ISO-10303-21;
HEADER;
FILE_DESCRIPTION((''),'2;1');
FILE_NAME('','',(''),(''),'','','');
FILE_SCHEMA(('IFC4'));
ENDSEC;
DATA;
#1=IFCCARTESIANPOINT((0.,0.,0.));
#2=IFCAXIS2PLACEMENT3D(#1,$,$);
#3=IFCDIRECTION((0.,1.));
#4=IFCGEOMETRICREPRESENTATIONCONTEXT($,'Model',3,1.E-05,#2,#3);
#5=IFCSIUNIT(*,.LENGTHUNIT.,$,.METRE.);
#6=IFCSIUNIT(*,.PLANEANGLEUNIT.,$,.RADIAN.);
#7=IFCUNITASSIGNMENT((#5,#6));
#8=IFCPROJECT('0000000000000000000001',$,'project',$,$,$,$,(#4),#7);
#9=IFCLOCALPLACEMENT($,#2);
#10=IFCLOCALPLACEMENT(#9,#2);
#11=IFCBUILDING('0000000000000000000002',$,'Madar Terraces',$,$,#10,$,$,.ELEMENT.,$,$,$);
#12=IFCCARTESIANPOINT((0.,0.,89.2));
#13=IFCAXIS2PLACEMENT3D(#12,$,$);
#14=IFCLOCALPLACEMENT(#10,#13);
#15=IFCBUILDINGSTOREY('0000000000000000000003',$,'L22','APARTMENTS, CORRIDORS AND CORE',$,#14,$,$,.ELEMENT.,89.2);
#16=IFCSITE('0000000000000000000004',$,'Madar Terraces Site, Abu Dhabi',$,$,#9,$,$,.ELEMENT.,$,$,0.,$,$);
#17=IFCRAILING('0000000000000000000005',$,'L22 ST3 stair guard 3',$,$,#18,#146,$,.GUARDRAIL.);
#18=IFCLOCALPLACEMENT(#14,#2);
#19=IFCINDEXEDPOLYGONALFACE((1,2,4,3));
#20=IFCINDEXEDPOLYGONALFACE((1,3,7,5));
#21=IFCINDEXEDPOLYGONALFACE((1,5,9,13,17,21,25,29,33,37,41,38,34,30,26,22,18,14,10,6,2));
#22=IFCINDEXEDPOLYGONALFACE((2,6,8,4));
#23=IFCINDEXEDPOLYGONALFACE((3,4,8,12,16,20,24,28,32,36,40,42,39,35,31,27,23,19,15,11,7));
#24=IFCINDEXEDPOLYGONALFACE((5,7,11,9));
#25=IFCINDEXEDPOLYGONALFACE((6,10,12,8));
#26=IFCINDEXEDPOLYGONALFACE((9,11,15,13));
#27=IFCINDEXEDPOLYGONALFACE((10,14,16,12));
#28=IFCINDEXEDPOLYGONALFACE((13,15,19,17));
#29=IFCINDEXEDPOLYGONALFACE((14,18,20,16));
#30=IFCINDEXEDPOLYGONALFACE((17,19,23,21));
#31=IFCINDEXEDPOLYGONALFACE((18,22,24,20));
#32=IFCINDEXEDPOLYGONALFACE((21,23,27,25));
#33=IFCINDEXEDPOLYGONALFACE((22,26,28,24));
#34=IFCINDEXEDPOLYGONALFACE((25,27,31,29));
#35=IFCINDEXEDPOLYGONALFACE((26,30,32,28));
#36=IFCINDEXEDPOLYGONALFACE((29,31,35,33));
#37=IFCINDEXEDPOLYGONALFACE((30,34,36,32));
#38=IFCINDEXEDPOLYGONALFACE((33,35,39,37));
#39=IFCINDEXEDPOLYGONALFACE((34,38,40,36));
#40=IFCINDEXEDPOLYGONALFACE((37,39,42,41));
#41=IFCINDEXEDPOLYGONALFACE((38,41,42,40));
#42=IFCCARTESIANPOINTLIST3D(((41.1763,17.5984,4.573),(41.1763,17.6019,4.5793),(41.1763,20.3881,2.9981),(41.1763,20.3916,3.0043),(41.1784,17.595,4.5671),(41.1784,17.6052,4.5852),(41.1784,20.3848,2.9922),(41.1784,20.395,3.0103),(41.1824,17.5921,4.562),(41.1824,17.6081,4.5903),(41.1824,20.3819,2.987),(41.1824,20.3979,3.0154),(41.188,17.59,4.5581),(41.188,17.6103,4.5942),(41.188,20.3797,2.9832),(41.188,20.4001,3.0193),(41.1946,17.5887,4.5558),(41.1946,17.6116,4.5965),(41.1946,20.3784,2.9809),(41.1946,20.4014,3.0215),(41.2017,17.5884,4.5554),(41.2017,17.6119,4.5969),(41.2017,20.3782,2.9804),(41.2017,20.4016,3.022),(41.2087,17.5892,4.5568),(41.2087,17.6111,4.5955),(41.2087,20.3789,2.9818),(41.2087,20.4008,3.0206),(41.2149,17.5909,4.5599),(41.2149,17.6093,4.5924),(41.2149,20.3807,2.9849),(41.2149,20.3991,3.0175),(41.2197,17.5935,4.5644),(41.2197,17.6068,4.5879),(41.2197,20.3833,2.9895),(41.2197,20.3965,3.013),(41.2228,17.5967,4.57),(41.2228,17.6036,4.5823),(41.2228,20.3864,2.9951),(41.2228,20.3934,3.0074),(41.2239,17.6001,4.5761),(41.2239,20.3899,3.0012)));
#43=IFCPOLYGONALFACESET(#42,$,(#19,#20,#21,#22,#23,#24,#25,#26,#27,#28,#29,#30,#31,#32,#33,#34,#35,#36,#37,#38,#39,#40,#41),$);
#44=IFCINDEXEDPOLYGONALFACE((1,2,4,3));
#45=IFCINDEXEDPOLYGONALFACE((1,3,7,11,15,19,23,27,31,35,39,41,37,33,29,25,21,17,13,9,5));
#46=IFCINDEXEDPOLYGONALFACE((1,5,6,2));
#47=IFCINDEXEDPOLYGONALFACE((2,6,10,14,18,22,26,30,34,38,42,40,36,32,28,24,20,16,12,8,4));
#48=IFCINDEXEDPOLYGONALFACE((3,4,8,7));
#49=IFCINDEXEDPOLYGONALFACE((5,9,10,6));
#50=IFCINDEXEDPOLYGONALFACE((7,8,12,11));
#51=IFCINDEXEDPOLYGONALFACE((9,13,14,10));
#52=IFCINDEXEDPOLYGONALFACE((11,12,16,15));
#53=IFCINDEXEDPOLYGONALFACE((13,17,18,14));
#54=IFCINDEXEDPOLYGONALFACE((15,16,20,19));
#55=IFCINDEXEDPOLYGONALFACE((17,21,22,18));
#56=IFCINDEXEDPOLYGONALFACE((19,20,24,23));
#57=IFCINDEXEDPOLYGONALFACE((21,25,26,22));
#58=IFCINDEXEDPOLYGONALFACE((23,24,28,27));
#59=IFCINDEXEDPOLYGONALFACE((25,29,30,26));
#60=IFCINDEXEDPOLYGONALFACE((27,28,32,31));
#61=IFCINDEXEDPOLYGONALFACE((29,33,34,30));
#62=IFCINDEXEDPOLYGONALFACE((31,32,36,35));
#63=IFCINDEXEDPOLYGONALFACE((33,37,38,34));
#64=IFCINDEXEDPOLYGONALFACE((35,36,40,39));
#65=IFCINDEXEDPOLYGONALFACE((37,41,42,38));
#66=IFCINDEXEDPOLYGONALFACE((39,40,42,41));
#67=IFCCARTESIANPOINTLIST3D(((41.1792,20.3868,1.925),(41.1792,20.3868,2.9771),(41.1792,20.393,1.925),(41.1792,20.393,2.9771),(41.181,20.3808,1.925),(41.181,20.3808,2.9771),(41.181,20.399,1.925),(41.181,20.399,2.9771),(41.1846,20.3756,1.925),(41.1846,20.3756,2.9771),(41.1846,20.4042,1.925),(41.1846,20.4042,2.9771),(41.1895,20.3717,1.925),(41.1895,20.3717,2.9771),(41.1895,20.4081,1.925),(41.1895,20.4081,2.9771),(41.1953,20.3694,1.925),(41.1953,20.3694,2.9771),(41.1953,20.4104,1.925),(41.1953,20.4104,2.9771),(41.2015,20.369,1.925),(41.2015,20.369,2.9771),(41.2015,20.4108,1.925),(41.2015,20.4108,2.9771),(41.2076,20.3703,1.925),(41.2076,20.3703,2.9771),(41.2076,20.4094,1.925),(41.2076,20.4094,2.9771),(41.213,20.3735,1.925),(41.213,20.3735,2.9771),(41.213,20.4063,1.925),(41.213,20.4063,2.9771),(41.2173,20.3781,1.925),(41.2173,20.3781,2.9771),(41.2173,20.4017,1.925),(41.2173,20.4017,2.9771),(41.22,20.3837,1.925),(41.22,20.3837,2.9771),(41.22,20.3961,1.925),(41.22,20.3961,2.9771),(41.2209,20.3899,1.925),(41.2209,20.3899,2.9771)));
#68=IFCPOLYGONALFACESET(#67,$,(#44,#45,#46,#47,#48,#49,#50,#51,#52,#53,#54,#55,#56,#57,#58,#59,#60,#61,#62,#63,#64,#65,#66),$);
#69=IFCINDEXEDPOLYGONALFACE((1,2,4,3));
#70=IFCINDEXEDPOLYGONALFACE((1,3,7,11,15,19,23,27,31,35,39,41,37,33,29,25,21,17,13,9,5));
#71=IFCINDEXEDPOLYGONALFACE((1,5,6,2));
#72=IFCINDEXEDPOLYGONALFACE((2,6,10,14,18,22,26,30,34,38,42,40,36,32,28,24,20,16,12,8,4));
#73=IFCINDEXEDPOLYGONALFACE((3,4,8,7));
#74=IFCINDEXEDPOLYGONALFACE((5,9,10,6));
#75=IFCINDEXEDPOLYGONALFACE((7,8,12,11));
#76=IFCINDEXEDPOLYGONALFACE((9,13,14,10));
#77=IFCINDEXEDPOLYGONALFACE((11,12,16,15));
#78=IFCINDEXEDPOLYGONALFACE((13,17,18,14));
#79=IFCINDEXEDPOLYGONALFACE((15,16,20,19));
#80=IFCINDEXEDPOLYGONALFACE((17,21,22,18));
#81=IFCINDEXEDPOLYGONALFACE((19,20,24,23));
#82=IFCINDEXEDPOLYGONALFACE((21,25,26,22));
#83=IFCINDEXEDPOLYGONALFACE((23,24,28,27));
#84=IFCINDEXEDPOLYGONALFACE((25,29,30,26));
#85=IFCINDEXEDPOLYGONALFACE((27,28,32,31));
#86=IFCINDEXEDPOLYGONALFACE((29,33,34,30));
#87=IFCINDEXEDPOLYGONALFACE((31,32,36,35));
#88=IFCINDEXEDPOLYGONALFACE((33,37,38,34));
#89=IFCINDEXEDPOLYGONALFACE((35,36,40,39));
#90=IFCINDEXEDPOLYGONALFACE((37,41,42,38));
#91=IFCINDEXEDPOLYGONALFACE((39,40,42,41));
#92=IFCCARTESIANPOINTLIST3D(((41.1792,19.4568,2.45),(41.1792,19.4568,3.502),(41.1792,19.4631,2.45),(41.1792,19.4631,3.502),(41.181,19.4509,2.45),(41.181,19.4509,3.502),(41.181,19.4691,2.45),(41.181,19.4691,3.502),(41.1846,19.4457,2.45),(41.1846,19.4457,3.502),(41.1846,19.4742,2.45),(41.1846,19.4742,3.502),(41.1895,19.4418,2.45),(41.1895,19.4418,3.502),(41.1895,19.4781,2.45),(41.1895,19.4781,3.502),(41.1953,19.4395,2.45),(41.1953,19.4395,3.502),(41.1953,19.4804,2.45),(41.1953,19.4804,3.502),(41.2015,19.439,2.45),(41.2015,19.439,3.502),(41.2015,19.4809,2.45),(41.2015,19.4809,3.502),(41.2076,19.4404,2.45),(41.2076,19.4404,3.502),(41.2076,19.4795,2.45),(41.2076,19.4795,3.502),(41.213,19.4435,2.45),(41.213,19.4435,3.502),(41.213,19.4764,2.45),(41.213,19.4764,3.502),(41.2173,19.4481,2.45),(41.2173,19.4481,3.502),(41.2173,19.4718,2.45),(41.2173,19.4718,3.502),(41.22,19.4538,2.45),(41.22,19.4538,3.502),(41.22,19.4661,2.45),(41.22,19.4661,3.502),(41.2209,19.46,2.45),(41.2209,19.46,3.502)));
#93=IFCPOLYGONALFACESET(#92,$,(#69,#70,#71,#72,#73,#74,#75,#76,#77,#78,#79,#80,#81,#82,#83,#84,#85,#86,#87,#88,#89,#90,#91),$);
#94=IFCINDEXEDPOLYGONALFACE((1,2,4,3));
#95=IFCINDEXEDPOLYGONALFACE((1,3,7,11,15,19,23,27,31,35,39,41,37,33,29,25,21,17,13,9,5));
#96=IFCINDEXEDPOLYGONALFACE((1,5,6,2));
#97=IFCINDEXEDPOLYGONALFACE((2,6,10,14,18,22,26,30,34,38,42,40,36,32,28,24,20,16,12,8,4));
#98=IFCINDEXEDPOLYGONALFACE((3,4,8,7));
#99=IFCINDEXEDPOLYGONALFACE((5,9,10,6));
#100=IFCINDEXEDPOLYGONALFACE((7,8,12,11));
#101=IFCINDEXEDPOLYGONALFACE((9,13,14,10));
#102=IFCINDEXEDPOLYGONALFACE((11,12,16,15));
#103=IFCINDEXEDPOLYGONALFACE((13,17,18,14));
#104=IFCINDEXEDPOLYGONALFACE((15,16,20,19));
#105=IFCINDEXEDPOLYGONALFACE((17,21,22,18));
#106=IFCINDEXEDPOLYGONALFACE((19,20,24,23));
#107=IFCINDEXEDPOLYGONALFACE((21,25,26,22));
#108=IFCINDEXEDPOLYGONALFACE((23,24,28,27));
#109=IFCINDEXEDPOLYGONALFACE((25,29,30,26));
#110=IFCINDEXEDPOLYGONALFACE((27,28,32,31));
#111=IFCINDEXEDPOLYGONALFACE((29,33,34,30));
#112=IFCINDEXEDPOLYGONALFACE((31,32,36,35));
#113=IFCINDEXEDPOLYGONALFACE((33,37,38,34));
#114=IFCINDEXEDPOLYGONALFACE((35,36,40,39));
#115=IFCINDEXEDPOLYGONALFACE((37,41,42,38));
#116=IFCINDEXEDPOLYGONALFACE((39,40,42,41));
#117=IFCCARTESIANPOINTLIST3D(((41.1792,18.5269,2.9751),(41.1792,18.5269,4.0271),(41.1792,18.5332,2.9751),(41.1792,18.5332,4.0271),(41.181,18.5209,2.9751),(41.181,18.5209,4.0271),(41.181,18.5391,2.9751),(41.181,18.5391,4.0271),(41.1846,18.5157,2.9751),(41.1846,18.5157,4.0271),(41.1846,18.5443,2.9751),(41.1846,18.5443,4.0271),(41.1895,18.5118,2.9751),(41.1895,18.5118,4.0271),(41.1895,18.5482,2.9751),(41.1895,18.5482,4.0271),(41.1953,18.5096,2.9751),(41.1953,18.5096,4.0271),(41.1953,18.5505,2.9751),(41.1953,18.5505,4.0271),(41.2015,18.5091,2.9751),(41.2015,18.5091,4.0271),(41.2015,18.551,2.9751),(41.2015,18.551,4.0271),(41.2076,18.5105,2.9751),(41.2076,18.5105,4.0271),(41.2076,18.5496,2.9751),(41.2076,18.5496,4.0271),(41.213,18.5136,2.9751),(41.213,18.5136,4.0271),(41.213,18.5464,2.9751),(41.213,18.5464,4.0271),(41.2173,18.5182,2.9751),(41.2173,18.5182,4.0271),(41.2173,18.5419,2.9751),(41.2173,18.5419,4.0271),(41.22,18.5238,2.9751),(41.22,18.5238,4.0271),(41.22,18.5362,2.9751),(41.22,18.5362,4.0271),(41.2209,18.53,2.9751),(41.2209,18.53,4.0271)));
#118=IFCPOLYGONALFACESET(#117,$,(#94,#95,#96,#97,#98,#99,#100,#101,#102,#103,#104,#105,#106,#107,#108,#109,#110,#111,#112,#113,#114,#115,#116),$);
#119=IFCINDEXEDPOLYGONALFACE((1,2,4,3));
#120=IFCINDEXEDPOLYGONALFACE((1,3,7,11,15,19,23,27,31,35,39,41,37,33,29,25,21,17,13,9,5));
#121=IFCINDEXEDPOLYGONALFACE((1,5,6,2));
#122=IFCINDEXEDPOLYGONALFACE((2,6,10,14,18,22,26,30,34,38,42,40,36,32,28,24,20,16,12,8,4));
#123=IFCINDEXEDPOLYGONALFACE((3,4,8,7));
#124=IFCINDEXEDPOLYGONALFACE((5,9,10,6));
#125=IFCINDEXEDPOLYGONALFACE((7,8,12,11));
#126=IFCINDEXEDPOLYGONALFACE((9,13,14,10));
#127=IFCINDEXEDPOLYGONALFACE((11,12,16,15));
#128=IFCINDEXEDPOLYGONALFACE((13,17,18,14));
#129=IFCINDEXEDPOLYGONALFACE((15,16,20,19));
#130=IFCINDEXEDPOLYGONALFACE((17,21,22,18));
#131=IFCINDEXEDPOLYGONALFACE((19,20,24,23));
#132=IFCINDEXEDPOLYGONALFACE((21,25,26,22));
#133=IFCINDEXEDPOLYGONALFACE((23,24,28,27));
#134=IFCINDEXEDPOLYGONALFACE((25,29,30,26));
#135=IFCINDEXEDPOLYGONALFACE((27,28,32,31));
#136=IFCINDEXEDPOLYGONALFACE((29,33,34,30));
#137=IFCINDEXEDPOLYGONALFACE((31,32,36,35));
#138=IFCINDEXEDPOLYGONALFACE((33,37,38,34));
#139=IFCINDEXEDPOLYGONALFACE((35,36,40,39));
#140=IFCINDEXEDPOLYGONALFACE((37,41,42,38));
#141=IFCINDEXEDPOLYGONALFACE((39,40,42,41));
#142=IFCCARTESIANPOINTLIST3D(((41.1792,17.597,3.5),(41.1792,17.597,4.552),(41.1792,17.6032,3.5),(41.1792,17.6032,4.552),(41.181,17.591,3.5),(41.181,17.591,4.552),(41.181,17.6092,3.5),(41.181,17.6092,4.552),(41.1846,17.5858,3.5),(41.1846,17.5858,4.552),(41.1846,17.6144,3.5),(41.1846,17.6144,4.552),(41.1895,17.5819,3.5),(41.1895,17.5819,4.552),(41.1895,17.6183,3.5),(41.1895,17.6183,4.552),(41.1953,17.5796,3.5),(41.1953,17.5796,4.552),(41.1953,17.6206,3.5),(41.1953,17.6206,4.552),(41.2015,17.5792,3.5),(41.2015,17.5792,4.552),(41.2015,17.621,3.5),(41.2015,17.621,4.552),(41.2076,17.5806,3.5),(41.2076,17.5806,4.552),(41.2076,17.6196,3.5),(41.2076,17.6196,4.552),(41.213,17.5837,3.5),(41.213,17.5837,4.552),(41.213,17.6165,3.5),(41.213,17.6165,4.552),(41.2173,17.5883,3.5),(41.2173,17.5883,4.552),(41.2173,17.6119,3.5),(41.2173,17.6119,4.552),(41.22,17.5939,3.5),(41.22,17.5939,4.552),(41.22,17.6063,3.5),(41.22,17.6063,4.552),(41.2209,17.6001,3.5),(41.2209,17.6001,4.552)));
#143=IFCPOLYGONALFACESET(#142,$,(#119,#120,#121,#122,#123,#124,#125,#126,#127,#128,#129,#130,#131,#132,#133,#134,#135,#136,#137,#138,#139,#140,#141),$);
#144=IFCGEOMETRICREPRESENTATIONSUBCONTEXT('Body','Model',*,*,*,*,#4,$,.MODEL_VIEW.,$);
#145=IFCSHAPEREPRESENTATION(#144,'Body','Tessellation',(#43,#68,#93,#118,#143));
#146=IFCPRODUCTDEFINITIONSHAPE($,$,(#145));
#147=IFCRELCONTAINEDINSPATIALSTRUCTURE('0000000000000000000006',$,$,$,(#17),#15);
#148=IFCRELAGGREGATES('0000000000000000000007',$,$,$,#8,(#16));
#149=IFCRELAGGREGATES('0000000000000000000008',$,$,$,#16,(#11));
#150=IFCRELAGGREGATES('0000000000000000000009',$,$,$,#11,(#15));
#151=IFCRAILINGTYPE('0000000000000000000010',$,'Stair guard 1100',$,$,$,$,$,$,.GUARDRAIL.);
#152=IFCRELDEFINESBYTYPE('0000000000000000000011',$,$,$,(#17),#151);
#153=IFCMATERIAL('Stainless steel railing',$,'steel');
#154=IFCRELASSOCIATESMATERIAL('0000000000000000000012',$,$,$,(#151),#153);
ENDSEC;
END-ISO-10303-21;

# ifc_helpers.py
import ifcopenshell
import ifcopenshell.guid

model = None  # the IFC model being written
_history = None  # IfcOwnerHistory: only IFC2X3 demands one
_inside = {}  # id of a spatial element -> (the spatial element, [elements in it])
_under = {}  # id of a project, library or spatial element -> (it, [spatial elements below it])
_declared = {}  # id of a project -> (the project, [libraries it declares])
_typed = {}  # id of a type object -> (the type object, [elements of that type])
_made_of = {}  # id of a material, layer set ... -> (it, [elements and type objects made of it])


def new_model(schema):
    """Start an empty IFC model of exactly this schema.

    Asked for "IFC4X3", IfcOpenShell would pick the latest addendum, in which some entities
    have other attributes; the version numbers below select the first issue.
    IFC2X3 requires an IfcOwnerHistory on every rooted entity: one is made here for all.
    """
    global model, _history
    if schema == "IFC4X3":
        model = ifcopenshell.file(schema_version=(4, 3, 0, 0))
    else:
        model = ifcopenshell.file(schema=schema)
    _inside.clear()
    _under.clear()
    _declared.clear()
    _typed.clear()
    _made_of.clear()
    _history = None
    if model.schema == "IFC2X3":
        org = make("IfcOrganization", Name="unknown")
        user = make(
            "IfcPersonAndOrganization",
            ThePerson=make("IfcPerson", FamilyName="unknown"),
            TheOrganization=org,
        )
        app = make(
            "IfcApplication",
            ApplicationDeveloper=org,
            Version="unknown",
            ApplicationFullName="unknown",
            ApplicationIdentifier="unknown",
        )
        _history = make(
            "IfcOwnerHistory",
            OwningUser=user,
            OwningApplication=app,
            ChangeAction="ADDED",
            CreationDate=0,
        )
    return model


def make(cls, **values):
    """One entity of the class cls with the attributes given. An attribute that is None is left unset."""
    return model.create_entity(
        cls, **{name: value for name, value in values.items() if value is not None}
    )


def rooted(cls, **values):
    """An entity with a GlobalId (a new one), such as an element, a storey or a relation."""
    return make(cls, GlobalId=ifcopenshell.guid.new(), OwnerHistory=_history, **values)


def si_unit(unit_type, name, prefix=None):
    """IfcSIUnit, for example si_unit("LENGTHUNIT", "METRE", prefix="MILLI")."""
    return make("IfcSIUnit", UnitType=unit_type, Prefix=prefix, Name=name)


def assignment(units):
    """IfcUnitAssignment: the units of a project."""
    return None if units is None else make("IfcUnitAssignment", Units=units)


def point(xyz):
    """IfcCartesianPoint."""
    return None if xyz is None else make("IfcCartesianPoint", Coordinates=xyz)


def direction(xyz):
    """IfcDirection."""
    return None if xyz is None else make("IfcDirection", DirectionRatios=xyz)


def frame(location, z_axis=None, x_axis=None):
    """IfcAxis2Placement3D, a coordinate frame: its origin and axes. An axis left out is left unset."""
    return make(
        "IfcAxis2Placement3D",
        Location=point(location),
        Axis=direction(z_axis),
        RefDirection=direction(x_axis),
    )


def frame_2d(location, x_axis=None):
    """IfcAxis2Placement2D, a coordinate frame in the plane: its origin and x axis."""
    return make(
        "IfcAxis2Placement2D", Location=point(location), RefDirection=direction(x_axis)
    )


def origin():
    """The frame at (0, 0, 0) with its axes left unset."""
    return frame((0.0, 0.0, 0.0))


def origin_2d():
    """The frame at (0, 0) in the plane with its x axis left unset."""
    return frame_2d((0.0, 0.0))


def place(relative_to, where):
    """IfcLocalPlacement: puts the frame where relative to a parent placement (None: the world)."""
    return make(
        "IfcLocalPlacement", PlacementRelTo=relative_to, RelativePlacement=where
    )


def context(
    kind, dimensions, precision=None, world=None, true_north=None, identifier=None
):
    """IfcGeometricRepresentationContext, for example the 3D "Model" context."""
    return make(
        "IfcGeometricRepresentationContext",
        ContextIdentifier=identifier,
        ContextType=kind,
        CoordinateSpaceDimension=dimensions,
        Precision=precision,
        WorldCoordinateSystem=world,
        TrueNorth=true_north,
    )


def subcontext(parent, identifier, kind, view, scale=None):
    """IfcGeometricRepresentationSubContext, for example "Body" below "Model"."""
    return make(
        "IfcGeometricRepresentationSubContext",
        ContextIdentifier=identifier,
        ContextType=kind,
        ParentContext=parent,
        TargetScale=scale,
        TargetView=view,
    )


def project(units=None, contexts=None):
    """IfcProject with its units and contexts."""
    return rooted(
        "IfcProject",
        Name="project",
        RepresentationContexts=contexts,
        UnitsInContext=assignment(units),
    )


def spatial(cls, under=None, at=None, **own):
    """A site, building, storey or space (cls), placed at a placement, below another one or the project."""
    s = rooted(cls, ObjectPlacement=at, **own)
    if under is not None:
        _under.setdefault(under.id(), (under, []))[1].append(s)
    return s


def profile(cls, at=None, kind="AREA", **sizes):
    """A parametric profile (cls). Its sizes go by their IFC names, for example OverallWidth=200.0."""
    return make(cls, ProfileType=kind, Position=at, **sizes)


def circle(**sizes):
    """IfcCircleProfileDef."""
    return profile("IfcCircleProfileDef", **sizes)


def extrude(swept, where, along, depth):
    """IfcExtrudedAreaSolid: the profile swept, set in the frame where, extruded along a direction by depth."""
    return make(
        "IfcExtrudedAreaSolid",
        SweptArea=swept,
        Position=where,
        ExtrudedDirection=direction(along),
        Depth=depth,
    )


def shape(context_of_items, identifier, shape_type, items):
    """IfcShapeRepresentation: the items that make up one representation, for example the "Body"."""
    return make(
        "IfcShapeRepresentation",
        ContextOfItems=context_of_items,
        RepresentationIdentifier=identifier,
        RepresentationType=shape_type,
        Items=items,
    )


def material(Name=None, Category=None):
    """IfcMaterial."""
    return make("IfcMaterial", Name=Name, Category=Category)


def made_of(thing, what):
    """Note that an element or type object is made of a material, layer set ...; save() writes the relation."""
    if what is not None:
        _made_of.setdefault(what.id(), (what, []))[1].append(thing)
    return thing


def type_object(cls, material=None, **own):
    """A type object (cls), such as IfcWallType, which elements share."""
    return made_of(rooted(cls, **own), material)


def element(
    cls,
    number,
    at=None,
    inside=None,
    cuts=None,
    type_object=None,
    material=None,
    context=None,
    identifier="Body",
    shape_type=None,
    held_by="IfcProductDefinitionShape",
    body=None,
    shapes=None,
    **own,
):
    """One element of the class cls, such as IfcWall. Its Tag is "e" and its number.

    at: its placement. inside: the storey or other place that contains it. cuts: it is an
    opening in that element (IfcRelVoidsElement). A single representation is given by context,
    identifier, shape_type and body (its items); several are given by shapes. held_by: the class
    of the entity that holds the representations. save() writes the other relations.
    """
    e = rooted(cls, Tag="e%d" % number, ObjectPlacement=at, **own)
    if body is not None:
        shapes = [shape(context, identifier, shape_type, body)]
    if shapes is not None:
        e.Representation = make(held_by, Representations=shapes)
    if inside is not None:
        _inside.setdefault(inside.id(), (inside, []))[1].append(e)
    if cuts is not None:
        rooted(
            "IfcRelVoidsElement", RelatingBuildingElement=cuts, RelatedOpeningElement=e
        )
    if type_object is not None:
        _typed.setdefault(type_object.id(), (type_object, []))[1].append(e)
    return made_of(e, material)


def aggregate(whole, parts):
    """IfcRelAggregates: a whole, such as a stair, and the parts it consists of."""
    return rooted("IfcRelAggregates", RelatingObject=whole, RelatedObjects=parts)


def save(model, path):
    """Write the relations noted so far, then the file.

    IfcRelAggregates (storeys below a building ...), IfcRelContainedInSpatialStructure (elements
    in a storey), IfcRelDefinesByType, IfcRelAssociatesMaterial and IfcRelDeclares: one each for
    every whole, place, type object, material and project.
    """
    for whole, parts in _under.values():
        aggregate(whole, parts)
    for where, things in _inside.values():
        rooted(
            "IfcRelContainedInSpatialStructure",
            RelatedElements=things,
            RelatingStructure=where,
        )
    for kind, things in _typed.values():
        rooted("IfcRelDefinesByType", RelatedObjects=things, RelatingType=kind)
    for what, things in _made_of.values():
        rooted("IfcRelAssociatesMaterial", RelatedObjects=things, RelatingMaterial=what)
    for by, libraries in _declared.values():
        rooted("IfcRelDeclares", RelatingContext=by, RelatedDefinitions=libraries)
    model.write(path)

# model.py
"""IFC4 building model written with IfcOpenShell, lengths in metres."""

from ifc_helpers import new_model, si_unit, direction, frame, origin, origin_2d, place, context, subcontext, project, spatial, circle, extrude, material, type_object, element, save


model = new_model("IFC4")

# Units and contexts
model_context = context("Model", 3, precision=1e-05, world=origin(), true_north=direction((0.0, 1.0)))
body_context = subcontext(model_context, "Body", "Model", "MODEL_VIEW")
ifc_project = project(units=[si_unit("LENGTHUNIT", "METRE"), si_unit("PLANEANGLEUNIT", "RADIAN")], contexts=[model_context])

# Site, building, storey
site_placement = place(None, origin())
site = spatial("IfcSite", under=ifc_project, at=site_placement, Name="Madar Terraces Site, Abu Dhabi", CompositionType="ELEMENT", RefElevation=0.0)
building_placement = place(site_placement, origin())
building = spatial("IfcBuilding", under=site, at=building_placement, Name="Madar Terraces", CompositionType="ELEMENT")
storey_placement = place(building_placement, frame((0.0, 0.0, 89.2)))
storey = spatial("IfcBuildingStorey", under=building, at=storey_placement, Name="L22", Description="APARTMENTS, CORRIDORS AND CORE", CompositionType="ELEMENT", Elevation=89.2)

# Railing
ifc_material_1 = material(Name="Stainless steel railing", Category="steel")
railing_type_1 = type_object("IfcRailingType", Name="Stair guard 1100", PredefinedType="GUARDRAIL", material=ifc_material_1)
railing_1_placement = place(storey_placement, frame((41.2, 20.3899, 1.925)))
element("IfcRailing", 1, at=railing_1_placement, inside=storey, type_object=railing_type_1, Name="L22 ST3 stair guard 3", PredefinedType="GUARDRAIL", context=body_context, shape_type="SweptSolid", body=[
    extrude(circle(Radius=0.0239, at=origin_2d()), frame((0.0, 0.0, 1.0762), z_axis=(0.0, -0.870815, 0.49161), x_axis=(1.0, 0.0, 0.0)), (0.0, 0.0, 1.0), 3.2036),
    extrude(circle(Radius=0.021, at=origin_2d()), origin(), (0.0, 0.0, 1.0), 1.052),
    extrude(circle(Radius=0.021, at=origin_2d()), frame((0.0, -0.9299, 0.5249)), (0.0, 0.0, 1.0), 1.052),
    extrude(circle(Radius=0.021, at=origin_2d()), frame((0.0, -1.8599, 1.05)), (0.0, 0.0, 1.0), 1.052),
    extrude(circle(Radius=0.021, at=origin_2d()), frame((0.0, -2.7898, 1.575)), (0.0, 0.0, 1.0), 1.052),
])

save(model, "model.ifc")
